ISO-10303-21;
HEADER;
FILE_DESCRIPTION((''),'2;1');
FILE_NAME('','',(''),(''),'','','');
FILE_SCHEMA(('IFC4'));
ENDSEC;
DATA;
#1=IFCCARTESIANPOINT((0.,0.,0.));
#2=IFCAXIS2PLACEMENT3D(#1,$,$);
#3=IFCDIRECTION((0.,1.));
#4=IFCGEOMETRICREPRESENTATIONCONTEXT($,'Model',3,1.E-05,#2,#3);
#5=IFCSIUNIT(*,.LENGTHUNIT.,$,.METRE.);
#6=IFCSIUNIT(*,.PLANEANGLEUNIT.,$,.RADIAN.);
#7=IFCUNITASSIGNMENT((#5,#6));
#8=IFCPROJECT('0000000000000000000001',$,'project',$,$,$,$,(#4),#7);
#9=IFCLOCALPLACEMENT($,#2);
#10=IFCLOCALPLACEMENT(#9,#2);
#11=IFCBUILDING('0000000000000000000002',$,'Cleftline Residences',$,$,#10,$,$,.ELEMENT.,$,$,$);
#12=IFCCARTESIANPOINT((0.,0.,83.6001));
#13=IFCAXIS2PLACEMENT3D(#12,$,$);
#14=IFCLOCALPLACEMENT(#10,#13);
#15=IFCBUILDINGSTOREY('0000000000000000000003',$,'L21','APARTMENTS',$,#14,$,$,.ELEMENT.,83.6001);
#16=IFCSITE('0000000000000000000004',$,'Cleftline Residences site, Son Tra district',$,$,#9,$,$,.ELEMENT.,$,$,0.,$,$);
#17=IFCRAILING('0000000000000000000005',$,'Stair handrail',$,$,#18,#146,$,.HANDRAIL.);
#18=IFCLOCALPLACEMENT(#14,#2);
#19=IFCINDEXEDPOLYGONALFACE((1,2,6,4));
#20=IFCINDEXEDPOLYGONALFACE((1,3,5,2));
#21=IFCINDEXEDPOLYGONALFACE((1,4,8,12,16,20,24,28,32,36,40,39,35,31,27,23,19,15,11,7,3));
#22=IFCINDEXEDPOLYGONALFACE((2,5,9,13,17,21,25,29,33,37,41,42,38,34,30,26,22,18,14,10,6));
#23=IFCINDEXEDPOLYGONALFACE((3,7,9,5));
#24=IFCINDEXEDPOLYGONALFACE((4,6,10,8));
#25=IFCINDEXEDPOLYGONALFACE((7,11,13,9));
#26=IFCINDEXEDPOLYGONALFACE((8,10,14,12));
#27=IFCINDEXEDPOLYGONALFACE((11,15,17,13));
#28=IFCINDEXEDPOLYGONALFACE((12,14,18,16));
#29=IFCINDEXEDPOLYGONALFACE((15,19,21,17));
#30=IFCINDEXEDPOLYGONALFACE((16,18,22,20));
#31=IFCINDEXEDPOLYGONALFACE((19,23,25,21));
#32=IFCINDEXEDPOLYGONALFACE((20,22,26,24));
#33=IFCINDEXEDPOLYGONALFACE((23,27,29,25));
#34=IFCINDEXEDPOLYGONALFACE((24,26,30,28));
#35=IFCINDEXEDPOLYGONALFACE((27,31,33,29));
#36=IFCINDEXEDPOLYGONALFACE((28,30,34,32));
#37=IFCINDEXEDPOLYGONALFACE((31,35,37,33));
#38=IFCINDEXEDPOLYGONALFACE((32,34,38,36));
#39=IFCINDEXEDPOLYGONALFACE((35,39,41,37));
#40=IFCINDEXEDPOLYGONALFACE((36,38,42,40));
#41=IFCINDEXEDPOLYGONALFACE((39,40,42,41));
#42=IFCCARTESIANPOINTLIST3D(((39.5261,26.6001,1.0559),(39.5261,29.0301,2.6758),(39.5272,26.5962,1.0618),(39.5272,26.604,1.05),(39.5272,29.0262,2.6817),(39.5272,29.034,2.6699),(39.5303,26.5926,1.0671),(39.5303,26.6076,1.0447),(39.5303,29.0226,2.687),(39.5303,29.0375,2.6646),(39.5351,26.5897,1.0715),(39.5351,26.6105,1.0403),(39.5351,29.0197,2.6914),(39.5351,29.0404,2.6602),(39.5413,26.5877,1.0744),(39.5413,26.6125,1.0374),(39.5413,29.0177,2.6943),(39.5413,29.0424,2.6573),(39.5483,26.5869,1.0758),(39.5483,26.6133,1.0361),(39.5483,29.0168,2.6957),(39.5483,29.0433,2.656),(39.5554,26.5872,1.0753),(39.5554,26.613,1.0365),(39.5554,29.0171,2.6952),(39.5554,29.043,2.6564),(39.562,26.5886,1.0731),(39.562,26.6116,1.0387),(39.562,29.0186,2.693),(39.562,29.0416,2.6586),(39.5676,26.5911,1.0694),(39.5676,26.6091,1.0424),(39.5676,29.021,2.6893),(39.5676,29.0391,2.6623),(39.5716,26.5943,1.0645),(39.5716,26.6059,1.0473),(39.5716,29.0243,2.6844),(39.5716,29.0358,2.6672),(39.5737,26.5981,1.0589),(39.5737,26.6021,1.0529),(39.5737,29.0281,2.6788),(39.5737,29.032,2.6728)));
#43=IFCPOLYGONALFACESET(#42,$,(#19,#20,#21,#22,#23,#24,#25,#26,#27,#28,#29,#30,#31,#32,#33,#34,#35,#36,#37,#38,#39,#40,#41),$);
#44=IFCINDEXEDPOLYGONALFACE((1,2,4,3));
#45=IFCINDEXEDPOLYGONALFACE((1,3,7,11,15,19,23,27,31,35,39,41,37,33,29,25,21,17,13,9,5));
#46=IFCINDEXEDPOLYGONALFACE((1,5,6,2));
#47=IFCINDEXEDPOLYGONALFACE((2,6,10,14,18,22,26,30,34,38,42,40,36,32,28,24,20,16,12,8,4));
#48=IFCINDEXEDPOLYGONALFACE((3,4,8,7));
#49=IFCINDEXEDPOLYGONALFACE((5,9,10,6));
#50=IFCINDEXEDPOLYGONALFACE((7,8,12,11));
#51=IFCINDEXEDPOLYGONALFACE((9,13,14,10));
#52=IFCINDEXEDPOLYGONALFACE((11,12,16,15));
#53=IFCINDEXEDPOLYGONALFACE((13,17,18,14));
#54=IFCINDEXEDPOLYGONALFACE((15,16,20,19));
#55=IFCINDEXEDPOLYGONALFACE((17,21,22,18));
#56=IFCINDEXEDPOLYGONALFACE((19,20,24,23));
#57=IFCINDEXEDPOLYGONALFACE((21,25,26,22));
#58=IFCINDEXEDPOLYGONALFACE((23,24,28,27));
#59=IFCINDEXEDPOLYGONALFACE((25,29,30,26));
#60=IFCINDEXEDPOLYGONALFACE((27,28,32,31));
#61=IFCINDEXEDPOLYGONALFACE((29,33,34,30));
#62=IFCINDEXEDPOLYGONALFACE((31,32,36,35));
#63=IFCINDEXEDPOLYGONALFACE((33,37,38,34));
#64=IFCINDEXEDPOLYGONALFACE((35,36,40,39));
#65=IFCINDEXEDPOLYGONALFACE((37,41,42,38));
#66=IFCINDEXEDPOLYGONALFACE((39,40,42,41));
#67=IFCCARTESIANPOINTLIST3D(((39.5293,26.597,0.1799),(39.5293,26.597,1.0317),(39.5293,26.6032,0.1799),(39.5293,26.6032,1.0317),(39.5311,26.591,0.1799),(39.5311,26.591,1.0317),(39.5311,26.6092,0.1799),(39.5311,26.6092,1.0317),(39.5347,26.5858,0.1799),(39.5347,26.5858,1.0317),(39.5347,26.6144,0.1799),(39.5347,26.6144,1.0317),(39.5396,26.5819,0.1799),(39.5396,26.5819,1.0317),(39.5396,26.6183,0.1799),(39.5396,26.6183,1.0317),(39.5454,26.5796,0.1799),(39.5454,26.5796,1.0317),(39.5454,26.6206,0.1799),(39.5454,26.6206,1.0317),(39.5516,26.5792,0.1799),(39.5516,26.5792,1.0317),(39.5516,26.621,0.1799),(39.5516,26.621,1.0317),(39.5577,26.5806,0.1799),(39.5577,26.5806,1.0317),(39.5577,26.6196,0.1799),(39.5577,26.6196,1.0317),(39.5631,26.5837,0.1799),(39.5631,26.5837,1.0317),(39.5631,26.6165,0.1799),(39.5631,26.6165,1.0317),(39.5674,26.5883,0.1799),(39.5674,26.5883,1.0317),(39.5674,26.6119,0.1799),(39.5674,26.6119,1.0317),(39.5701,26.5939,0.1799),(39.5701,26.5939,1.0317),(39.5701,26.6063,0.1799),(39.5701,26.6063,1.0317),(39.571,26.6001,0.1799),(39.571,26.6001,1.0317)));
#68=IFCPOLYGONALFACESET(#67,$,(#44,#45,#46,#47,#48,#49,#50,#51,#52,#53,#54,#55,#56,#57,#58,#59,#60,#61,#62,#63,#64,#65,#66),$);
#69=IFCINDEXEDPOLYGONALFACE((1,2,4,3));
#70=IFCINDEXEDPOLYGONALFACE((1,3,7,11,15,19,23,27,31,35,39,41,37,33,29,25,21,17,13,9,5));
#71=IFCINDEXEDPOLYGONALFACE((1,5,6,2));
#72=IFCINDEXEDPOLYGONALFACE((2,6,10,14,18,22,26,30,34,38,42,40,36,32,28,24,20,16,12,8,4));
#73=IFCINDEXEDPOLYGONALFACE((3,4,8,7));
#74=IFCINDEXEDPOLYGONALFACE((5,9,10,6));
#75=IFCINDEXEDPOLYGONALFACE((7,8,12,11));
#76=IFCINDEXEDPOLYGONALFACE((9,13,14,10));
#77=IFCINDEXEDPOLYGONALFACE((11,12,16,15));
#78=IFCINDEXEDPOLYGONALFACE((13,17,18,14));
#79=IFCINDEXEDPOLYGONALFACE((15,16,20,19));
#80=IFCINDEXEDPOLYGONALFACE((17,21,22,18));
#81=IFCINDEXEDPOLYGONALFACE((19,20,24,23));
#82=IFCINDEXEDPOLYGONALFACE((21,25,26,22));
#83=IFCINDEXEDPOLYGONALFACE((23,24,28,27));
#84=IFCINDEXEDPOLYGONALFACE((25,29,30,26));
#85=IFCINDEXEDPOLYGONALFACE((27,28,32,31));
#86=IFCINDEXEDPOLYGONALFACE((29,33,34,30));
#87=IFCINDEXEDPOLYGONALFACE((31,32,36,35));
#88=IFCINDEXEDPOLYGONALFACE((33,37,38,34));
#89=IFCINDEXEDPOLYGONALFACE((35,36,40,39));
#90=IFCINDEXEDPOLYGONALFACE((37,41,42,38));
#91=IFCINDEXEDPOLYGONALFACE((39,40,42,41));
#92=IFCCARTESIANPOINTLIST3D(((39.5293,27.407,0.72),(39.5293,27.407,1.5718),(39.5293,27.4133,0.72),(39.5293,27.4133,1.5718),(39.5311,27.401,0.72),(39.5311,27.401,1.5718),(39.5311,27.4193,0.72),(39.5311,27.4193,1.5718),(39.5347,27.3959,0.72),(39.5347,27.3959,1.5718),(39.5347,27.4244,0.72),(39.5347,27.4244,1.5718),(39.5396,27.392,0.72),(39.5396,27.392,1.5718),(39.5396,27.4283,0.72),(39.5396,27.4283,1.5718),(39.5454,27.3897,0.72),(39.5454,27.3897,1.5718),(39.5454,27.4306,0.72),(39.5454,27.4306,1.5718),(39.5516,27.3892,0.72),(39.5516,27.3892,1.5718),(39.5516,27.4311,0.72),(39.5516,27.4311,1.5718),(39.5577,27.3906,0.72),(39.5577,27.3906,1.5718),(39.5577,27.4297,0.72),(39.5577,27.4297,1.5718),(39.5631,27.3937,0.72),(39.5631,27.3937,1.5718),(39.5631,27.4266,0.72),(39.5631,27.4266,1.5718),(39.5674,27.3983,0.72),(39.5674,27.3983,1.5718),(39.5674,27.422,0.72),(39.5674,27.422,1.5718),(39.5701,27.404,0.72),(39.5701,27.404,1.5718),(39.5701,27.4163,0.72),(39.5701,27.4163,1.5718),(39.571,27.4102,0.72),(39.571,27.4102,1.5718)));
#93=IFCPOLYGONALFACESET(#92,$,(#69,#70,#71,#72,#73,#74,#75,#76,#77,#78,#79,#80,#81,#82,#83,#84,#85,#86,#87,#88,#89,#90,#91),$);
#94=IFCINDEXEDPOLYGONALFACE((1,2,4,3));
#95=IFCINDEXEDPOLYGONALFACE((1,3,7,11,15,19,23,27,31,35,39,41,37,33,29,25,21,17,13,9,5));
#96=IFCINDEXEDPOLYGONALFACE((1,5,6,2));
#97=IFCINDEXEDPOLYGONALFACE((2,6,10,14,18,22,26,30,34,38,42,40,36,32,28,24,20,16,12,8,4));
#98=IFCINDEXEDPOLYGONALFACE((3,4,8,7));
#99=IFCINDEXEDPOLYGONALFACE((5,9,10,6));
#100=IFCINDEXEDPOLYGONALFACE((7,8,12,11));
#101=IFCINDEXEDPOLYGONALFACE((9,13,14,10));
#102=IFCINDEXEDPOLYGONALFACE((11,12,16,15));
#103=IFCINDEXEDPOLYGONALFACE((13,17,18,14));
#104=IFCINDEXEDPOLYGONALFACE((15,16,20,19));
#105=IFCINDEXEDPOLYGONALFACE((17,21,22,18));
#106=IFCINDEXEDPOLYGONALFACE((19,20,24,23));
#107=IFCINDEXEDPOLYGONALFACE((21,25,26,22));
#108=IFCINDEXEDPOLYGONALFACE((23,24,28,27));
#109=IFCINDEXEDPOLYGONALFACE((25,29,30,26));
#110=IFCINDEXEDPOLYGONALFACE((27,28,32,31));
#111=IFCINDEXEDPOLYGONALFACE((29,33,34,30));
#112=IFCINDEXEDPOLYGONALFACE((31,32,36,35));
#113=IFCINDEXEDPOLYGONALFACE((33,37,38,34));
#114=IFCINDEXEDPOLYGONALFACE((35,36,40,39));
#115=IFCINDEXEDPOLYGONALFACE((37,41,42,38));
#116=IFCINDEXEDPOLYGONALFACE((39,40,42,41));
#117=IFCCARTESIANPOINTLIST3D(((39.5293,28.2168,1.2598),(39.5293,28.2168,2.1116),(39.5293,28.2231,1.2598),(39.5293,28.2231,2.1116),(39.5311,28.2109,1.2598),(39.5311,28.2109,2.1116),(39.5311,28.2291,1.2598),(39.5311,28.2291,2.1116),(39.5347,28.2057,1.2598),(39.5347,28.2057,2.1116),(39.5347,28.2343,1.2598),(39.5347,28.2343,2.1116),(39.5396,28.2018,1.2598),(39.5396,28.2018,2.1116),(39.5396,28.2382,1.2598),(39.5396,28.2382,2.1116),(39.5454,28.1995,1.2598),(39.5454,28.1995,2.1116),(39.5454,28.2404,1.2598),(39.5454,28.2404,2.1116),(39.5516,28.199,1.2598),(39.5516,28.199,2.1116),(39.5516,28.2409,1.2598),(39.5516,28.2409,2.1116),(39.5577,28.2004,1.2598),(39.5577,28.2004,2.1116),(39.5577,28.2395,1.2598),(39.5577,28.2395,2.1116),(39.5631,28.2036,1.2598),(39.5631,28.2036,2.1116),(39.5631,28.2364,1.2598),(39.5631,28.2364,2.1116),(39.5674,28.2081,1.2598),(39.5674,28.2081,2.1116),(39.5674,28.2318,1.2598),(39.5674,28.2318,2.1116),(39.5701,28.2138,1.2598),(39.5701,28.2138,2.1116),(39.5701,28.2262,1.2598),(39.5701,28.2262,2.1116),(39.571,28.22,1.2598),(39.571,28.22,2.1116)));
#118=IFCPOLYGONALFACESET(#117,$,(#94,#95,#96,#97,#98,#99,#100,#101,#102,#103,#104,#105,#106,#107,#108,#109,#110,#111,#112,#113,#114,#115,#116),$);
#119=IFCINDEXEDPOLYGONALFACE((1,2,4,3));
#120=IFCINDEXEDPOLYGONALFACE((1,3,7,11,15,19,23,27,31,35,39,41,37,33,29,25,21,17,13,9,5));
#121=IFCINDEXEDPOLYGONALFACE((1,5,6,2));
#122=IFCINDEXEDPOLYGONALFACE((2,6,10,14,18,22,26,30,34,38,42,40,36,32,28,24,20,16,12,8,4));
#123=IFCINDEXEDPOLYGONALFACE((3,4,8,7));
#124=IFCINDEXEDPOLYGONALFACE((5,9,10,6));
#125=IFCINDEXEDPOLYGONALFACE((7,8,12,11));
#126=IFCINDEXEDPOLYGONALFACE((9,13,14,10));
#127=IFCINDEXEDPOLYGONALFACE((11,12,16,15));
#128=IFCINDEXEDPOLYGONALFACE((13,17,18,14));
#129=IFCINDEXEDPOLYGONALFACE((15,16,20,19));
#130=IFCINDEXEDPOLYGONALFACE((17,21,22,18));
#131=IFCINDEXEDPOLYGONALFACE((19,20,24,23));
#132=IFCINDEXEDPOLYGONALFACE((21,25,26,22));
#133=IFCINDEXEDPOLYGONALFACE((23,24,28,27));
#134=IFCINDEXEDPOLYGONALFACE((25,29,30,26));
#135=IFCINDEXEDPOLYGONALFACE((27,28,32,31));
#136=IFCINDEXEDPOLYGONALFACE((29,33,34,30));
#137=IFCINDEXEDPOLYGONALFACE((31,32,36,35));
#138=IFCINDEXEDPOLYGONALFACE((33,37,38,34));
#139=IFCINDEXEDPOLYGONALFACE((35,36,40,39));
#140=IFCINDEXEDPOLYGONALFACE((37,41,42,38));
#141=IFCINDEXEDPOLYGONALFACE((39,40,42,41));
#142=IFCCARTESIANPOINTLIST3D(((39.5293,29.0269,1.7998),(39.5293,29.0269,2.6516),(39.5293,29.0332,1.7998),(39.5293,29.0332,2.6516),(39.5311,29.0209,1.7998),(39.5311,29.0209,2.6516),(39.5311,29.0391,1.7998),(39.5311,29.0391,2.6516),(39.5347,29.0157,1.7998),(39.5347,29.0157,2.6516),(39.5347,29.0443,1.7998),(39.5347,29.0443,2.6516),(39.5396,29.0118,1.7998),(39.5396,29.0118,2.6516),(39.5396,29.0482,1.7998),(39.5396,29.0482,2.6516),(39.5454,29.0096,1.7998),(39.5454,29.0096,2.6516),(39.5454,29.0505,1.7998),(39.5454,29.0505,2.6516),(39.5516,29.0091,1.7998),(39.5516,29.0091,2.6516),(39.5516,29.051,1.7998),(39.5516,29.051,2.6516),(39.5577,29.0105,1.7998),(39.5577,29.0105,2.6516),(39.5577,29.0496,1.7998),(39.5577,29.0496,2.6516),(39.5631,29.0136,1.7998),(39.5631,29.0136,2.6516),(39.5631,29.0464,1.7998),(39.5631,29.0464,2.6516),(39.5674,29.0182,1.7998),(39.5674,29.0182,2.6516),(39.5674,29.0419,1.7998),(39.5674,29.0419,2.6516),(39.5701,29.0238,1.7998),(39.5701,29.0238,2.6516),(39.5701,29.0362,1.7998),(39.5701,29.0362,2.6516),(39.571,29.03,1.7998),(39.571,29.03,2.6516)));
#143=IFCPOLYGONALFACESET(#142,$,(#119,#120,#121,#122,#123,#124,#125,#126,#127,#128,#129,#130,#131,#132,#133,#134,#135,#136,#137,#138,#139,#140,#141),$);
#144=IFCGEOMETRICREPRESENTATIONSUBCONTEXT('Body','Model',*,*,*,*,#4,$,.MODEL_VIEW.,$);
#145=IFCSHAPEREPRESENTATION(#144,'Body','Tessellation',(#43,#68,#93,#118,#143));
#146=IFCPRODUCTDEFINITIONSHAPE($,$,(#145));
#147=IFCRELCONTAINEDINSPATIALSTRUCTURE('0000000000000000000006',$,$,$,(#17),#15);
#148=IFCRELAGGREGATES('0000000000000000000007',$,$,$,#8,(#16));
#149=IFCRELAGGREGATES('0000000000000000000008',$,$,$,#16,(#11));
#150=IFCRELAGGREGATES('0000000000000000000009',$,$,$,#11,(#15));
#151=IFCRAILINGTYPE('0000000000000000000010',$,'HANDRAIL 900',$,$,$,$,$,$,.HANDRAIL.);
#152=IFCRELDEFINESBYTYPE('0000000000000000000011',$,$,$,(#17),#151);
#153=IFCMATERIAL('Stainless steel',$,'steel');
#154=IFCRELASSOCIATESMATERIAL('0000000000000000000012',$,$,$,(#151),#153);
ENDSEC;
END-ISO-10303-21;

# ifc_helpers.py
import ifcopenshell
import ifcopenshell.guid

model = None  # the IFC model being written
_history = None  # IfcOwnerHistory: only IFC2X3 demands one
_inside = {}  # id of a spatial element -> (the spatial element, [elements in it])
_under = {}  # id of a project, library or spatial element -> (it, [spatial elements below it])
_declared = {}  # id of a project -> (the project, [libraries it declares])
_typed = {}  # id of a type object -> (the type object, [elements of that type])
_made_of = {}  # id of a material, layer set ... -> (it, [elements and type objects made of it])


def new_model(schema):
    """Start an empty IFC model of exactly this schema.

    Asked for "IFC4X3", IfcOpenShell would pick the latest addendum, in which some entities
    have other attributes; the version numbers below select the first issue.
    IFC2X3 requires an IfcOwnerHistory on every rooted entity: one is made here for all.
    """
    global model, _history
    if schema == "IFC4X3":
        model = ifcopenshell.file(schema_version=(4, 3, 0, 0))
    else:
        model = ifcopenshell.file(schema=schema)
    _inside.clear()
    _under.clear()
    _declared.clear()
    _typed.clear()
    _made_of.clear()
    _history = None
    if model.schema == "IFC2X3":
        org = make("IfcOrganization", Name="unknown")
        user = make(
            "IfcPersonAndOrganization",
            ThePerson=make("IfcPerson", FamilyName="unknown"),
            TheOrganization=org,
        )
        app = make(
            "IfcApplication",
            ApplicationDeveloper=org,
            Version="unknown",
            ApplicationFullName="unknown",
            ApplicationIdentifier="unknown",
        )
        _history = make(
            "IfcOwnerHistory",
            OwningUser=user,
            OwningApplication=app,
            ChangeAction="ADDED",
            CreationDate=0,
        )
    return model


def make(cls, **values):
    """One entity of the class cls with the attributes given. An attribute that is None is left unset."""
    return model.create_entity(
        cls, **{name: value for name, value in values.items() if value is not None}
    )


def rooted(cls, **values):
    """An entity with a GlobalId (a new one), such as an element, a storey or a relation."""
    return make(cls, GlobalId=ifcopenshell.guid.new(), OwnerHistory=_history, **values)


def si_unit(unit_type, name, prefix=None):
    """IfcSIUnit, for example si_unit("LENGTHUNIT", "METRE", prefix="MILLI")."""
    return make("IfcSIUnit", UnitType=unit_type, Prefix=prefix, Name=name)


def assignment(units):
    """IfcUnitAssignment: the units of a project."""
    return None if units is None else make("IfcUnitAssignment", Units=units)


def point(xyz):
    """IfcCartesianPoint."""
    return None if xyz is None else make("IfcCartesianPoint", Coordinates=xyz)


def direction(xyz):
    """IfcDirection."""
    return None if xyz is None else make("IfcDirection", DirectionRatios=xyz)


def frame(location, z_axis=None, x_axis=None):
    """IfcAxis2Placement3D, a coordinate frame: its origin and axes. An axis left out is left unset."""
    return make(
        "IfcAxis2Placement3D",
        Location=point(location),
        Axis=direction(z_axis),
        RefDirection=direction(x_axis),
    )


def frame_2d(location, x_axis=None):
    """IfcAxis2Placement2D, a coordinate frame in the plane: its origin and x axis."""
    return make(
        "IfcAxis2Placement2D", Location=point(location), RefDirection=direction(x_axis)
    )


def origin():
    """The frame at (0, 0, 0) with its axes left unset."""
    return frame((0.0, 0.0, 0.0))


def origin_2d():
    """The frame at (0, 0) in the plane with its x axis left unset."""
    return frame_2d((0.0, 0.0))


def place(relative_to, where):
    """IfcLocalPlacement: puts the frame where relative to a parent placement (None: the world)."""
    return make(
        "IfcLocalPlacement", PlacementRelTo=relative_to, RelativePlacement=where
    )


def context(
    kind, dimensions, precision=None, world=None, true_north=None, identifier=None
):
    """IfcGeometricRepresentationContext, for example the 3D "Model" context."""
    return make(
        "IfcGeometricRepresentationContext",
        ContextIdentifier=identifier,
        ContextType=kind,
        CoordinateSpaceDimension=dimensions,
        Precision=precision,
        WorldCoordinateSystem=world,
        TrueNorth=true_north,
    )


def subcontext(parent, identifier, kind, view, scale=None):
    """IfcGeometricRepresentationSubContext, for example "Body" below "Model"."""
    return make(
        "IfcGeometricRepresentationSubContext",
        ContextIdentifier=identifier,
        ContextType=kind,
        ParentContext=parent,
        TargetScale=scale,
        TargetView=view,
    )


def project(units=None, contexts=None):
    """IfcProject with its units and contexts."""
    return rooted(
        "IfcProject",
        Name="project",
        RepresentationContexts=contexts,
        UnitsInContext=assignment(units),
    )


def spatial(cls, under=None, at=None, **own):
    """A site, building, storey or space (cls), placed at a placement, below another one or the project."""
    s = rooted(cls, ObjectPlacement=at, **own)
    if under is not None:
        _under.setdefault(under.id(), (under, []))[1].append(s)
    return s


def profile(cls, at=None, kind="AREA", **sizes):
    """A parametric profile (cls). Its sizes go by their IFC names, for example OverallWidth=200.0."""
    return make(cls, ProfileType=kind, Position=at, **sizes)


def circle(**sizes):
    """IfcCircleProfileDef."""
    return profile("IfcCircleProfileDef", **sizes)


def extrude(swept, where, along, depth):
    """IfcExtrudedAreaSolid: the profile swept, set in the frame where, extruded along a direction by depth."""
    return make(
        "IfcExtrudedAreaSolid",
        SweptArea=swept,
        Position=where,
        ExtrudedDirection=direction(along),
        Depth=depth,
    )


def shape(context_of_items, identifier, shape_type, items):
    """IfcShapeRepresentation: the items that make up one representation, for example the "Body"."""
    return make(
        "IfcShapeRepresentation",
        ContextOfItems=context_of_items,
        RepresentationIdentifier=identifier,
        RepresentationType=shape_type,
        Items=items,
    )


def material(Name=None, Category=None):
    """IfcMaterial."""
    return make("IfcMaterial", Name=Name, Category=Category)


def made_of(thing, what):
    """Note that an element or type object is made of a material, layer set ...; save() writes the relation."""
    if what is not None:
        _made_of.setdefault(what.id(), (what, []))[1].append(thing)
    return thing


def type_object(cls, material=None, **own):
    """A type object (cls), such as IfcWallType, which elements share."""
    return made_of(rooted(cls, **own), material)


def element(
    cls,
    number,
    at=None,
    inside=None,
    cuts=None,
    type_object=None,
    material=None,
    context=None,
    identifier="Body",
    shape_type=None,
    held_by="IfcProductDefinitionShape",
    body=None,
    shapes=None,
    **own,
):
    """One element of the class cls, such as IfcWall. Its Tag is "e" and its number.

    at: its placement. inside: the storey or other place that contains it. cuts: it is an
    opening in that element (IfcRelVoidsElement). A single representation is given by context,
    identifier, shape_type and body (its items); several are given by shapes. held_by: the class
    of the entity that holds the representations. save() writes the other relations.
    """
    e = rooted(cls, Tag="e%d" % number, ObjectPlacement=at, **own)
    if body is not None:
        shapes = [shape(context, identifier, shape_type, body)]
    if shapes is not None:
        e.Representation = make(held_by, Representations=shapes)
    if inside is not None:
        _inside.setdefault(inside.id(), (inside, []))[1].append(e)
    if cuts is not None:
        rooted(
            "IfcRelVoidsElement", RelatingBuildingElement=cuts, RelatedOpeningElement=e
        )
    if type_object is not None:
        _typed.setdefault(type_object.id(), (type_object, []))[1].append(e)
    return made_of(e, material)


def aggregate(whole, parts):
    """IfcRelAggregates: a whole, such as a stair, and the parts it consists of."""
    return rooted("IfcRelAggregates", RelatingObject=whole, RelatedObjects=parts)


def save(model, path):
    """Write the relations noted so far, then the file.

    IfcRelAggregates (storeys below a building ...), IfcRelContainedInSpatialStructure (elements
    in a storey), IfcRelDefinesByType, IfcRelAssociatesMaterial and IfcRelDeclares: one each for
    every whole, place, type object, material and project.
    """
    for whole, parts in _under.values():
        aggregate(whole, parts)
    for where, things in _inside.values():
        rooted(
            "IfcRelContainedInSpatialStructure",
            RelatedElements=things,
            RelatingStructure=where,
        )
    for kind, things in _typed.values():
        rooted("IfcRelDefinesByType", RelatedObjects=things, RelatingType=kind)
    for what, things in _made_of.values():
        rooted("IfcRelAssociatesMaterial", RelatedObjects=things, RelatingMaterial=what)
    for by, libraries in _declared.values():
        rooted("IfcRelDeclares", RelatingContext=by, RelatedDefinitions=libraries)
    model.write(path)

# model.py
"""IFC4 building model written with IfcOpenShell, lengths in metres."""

from ifc_helpers import new_model, si_unit, direction, frame, origin, origin_2d, place, context, subcontext, project, spatial, circle, extrude, material, type_object, element, save


model = new_model("IFC4")

# Units and contexts
model_context = context("Model", 3, precision=1e-05, world=origin(), true_north=direction((0.0, 1.0)))
body_context = subcontext(model_context, "Body", "Model", "MODEL_VIEW")
ifc_project = project(units=[si_unit("LENGTHUNIT", "METRE"), si_unit("PLANEANGLEUNIT", "RADIAN")], contexts=[model_context])

# Site, building, storey
site_placement = place(None, origin())
site = spatial("IfcSite", under=ifc_project, at=site_placement, Name="Cleftline Residences site, Son Tra district", CompositionType="ELEMENT", RefElevation=0.0)
building_placement = place(site_placement, origin())
building = spatial("IfcBuilding", under=site, at=building_placement, Name="Cleftline Residences", CompositionType="ELEMENT")
storey_placement = place(building_placement, frame((0.0, 0.0, 83.6001)))
storey = spatial("IfcBuildingStorey", under=building, at=storey_placement, Name="L21", Description="APARTMENTS", CompositionType="ELEMENT", Elevation=83.6001)

# Railing
ifc_material_1 = material(Name="Stainless steel", Category="steel")
railing_type = type_object("IfcRailingType", Name="HANDRAIL 900", PredefinedType="HANDRAIL", material=ifc_material_1)
railing_1_placement = place(storey_placement, frame((39.55, 26.6001, 0.1799)))
element("IfcRailing", 1, at=railing_1_placement, inside=storey, type_object=railing_type, Name="Stair handrail", PredefinedType="HANDRAIL", context=body_context, shape_type="SweptSolid", body=[
    extrude(circle(Radius=0.0239, at=origin_2d()), frame((0.0, 0.0, 0.876), z_axis=(0.0, 0.832063, 0.554681), x_axis=(-1.0, 0.0, 0.0)), (0.0, 0.0, 1.0), 2.9204),
    extrude(circle(Radius=0.021, at=origin_2d()), origin(), (0.0, 0.0, 1.0), 0.8518),
    extrude(circle(Radius=0.021, at=origin_2d()), frame((0.0, 0.8101, 0.54)), (0.0, 0.0, 1.0), 0.8518),
    extrude(circle(Radius=0.021, at=origin_2d()), frame((0.0, 1.6199, 1.0798)), (0.0, 0.0, 1.0), 0.8518),
    extrude(circle(Radius=0.021, at=origin_2d()), frame((0.0, 2.4299, 1.6199)), (0.0, 0.0, 1.0), 0.8518),
])

save(model, "model.ifc")
